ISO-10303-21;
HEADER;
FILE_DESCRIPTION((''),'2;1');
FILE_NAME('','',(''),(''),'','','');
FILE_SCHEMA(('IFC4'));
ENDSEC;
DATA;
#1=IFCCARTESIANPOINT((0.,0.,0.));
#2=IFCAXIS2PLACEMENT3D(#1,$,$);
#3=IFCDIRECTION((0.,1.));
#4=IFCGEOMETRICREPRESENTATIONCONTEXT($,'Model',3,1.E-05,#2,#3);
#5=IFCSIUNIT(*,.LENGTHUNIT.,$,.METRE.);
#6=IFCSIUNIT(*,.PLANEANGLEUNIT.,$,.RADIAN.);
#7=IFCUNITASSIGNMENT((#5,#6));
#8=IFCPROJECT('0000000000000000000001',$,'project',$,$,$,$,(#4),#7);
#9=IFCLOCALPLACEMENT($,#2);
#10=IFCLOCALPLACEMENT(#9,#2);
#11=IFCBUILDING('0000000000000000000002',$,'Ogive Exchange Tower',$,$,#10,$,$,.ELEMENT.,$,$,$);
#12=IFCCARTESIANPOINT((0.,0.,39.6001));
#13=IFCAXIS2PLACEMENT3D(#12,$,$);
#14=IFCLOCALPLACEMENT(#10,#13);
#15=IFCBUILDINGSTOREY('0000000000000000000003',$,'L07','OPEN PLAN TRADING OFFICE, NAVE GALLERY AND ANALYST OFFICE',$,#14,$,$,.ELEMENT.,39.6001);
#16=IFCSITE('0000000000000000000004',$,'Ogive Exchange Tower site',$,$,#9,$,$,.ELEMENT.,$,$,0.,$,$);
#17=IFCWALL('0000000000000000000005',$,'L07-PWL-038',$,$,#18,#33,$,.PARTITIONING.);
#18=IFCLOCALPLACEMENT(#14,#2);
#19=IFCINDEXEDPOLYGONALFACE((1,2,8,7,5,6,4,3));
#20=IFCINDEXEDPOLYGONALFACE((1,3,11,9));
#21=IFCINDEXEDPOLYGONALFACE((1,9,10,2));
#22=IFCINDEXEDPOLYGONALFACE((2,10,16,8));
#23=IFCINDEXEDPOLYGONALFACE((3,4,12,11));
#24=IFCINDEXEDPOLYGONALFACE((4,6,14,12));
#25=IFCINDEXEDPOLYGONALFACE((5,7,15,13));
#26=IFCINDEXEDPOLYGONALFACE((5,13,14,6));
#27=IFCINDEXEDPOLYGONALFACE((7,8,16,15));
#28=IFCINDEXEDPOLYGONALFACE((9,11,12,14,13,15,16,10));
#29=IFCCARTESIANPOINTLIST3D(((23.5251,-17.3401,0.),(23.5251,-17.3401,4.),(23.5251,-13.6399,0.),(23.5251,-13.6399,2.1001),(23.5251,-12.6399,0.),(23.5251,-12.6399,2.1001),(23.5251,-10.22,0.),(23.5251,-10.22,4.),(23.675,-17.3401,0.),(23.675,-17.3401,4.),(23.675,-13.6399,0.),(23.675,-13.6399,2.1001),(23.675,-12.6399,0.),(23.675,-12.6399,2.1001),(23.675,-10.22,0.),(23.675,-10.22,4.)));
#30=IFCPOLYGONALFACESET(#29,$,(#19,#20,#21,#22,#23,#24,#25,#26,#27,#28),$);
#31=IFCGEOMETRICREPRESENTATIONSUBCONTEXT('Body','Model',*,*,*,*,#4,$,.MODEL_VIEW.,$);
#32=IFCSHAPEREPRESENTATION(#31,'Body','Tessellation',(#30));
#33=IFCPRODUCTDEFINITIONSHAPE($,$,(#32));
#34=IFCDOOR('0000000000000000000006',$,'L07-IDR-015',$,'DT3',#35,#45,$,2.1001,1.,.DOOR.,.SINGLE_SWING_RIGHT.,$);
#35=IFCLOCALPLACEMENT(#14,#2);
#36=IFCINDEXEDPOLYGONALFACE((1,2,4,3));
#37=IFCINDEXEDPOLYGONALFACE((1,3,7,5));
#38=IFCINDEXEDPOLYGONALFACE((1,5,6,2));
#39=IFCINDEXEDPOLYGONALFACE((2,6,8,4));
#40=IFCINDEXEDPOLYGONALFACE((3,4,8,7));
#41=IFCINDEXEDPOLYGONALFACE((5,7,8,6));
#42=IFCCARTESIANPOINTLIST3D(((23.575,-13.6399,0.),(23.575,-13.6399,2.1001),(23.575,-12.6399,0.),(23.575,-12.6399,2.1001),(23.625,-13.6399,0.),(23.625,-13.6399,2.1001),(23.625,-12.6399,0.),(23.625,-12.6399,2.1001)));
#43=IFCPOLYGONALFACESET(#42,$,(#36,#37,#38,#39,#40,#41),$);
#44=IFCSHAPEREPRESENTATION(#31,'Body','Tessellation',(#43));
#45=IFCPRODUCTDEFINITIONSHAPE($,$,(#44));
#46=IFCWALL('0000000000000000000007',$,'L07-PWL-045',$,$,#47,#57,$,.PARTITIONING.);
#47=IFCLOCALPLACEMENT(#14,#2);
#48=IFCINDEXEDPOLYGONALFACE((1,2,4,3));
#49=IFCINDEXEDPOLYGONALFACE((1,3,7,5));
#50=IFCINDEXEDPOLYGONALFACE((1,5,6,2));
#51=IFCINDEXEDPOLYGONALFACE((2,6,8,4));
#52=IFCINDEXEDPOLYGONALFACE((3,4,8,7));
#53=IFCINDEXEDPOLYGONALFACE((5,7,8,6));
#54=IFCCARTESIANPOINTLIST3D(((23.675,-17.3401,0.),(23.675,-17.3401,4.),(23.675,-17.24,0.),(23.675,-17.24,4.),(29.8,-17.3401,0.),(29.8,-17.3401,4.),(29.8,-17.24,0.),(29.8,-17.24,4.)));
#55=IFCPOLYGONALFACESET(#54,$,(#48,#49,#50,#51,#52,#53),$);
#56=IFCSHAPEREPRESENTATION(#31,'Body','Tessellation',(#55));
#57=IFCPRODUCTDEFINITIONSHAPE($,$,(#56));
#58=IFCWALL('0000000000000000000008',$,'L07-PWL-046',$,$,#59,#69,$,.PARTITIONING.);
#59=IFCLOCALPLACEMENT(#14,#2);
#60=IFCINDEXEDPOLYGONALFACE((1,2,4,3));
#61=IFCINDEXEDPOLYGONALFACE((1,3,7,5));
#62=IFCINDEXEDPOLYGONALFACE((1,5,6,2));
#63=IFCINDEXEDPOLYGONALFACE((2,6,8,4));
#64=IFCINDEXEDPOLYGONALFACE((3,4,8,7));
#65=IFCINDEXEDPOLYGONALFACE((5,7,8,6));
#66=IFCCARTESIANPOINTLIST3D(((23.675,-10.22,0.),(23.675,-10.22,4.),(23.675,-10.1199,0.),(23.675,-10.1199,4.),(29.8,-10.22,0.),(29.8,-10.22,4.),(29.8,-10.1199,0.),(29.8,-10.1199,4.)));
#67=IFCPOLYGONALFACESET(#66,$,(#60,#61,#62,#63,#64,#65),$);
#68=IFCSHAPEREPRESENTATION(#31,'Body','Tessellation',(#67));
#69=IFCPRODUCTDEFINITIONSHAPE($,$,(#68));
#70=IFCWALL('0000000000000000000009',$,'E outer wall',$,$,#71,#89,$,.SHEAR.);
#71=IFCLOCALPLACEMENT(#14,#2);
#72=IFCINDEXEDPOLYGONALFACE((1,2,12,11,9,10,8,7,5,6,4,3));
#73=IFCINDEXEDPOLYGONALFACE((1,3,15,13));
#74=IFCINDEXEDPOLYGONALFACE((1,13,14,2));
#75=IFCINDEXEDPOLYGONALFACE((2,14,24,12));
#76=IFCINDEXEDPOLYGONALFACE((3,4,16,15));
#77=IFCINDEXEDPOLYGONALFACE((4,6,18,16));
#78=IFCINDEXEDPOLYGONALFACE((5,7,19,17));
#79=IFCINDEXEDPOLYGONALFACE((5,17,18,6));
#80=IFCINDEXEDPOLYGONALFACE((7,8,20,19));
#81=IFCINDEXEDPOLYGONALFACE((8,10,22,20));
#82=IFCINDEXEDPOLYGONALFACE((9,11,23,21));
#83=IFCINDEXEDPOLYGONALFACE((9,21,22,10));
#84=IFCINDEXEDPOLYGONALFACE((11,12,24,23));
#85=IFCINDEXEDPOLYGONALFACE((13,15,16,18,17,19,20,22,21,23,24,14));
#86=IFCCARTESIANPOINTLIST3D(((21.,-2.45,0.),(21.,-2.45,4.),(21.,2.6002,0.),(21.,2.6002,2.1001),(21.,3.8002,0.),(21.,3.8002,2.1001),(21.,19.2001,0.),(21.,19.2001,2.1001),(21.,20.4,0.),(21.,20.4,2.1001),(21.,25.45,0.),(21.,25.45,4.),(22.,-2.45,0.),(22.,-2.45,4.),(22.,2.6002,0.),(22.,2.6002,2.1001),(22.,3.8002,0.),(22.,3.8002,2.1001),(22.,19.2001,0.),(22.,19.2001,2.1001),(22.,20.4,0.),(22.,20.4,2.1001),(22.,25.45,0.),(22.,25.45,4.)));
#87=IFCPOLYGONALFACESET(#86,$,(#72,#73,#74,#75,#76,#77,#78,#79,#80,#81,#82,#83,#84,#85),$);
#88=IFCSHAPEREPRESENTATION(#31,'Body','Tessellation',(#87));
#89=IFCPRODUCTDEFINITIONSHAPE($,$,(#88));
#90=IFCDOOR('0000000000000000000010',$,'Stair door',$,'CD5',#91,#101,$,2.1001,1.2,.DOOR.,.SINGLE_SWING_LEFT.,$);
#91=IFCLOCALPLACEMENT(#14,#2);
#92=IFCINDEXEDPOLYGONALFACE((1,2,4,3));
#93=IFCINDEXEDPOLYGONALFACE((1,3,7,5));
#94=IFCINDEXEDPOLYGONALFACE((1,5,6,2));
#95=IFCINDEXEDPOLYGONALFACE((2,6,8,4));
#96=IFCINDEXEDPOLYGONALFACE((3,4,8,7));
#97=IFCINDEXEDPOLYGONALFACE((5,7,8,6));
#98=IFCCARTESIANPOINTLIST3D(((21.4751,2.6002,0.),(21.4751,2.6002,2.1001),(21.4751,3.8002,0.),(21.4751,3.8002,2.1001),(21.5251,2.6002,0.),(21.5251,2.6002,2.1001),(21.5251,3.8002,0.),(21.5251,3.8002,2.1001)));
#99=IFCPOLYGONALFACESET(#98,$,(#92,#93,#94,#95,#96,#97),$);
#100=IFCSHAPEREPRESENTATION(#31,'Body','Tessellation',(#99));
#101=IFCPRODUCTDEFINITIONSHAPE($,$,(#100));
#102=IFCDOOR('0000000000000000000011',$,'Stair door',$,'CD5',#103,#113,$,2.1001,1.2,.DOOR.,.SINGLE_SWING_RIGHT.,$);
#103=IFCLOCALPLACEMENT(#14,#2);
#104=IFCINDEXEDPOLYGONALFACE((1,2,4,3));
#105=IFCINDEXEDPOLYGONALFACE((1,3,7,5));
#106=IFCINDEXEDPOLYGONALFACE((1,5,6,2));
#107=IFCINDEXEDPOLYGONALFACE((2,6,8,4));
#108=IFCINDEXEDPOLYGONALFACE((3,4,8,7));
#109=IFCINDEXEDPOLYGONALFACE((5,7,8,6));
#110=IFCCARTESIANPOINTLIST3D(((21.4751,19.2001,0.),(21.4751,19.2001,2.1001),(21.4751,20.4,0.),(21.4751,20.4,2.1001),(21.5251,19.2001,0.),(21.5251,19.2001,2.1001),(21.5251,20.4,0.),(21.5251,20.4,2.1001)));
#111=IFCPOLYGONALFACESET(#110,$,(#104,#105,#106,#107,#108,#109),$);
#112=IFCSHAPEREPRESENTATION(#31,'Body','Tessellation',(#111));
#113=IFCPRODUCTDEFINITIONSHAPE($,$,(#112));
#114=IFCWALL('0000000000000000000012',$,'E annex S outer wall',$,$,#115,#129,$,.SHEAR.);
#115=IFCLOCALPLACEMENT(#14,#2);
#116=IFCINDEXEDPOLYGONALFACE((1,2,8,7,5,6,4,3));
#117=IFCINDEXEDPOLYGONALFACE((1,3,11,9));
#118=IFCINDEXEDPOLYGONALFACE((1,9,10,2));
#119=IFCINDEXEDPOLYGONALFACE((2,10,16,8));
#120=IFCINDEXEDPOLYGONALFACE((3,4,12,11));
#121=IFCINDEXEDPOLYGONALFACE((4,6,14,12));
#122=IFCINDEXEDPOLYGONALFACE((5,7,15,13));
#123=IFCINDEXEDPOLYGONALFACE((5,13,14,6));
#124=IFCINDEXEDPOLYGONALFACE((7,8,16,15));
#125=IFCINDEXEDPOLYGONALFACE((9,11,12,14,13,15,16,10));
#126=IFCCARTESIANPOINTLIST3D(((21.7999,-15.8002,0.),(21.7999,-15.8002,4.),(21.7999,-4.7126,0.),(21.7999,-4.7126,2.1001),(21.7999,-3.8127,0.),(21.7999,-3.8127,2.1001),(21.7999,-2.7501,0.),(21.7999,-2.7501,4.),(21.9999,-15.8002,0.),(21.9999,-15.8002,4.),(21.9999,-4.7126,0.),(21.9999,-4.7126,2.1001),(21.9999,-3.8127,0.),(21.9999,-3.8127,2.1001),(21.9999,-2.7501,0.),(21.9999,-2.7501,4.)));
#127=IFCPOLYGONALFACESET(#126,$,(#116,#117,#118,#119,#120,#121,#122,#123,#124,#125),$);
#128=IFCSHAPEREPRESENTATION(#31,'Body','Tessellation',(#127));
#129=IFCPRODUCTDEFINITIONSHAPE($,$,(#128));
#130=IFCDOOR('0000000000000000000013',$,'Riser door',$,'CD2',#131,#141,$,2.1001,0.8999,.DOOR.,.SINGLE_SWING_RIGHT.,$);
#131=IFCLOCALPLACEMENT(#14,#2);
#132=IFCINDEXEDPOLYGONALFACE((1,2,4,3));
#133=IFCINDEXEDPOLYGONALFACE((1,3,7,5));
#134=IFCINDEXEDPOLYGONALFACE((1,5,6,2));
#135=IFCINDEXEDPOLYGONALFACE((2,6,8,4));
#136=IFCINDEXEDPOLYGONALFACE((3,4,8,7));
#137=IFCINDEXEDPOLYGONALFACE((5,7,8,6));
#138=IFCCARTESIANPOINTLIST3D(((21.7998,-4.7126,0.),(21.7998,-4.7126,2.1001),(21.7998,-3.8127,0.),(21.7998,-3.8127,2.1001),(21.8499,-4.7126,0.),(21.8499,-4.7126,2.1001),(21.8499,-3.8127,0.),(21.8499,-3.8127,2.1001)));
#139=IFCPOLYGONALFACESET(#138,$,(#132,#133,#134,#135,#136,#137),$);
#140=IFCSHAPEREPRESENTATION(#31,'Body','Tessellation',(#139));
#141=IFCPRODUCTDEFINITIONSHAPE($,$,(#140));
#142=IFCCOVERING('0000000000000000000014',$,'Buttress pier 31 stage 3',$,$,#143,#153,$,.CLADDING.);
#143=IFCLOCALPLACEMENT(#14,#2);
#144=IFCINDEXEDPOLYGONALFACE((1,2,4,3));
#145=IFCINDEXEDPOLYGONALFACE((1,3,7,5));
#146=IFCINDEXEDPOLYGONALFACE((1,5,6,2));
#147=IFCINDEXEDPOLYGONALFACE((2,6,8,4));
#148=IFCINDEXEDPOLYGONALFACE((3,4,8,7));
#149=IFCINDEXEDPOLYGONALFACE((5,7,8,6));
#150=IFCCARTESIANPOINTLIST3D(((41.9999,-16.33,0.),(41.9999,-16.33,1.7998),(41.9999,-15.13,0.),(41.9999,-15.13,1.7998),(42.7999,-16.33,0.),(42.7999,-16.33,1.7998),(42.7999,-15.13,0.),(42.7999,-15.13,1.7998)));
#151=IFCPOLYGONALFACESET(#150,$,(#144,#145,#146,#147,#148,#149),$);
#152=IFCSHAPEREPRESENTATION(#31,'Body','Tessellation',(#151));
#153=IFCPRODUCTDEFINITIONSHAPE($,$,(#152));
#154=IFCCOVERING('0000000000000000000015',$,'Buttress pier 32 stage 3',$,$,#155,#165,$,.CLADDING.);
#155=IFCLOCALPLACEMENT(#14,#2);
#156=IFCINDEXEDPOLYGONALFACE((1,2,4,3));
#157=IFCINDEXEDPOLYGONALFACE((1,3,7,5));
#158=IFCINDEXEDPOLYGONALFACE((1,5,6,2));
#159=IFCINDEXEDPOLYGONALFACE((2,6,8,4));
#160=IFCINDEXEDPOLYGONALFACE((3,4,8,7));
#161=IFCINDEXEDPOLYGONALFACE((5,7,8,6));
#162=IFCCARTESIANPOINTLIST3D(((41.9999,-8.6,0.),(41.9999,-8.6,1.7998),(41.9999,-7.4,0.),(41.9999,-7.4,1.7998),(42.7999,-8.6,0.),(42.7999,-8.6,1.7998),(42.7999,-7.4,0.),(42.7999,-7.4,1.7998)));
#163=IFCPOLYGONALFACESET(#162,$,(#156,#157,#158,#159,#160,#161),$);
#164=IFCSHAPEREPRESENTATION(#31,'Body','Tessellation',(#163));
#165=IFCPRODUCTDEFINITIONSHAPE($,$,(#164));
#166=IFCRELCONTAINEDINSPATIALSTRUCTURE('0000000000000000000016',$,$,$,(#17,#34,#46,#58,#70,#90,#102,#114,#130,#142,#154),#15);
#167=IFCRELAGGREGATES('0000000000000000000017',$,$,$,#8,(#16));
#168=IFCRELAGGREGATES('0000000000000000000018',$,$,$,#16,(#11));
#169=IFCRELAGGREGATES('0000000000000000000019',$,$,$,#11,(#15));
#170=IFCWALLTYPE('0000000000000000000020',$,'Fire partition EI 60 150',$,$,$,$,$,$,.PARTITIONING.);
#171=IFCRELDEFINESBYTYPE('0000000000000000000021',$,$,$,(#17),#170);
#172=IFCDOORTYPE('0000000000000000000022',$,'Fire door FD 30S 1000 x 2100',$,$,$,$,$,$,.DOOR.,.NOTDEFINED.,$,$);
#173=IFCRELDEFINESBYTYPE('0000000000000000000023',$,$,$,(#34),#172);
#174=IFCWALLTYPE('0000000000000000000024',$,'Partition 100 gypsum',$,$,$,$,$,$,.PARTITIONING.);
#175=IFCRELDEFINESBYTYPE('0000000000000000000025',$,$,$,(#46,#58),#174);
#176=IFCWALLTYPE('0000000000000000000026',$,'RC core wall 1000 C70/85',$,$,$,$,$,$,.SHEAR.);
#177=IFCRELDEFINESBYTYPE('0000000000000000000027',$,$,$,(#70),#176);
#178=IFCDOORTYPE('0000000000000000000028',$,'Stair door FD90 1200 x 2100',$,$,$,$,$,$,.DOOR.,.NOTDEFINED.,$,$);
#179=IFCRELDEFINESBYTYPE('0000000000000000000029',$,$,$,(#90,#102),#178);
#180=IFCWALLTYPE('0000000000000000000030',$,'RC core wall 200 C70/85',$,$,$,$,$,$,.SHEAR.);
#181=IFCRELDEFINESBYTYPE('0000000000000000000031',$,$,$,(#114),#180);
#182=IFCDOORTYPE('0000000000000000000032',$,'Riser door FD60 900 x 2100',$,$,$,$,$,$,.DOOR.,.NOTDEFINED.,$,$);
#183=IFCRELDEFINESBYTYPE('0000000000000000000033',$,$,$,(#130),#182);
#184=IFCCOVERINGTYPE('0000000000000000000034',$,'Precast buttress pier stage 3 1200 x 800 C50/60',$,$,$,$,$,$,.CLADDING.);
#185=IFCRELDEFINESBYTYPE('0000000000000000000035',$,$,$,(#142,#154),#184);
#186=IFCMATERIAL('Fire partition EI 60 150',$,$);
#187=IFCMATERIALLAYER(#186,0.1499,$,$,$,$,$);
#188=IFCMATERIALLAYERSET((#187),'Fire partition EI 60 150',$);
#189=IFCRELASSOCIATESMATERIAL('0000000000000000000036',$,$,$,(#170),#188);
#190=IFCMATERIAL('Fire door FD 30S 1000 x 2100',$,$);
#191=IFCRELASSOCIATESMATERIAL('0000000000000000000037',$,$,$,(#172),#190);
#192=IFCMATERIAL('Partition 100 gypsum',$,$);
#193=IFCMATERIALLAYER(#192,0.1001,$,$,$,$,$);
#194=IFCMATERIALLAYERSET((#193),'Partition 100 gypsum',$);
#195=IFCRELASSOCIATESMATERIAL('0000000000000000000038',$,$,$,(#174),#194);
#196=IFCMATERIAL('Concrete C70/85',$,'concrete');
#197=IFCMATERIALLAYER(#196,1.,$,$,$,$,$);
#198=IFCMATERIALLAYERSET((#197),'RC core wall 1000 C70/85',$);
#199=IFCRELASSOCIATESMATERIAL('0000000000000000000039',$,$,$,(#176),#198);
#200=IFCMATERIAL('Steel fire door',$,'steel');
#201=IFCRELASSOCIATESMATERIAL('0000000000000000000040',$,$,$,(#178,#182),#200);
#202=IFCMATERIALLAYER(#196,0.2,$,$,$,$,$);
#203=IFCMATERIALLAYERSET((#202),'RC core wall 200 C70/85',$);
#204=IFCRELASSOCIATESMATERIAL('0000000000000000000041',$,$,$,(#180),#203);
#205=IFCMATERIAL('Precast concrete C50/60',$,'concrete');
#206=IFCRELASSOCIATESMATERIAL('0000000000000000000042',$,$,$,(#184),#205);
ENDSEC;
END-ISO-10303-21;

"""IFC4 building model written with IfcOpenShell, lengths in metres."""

from ifc_helpers import new_model, si_unit, direction, frame, frame_2d, origin, origin_2d, place, context, subcontext, project, spatial, rectangle, extrude, material, layer, layer_set, material_profile, profile_set, type_object, element, fill, save


model = new_model("IFC4")

# Units and contexts
model_context = context("Model", 3, precision=1e-05, world=origin(), true_north=direction((0.0, 1.0)))
body_context = subcontext(model_context, "Body", "Model", "MODEL_VIEW")
ifc_project = project(units=[si_unit("LENGTHUNIT", "METRE"), si_unit("PLANEANGLEUNIT", "RADIAN")], contexts=[model_context])

# Site, building, storey
site_placement = place(None, origin())
site = spatial("IfcSite", under=ifc_project, at=site_placement, Name="Ogive Exchange Tower site", CompositionType="ELEMENT", RefElevation=0.0)
building_placement = place(site_placement, origin())
building = spatial("IfcBuilding", under=site, at=building_placement, Name="Ogive Exchange Tower", CompositionType="ELEMENT")
storey_placement = place(building_placement, frame((0.0, 0.0, 39.6001)))
storey = spatial("IfcBuildingStorey", under=building, at=storey_placement, Name="L07", Description="OPEN PLAN TRADING OFFICE, NAVE GALLERY AND ANALYST OFFICE", CompositionType="ELEMENT", Elevation=39.6001)

# Wall, opening, door
ifc_material_1 = material(Name="Fire partition EI 60 150")
ifc_layer_1 = layer(ifc_material_1, 0.1499)
ifc_layer_set_1 = layer_set([ifc_layer_1], Name="Fire partition EI 60 150")
wall_type_1 = type_object("IfcWallType", Name="Fire partition EI 60 150", PredefinedType="PARTITIONING", material=ifc_layer_set_1)
ifc_material_2 = material(Name="Fire door FD 30S 1000 x 2100")
door_type_1 = type_object("IfcDoorType", Name="Fire door FD 30S 1000 x 2100", OperationType="NOTDEFINED", PredefinedType="DOOR", material=ifc_material_2)
wall_1_placement = place(storey_placement, frame((23.6001, -10.22, 0.0), z_axis=(0.0, 0.0, 1.0), x_axis=(0.0, -1.0, 0.0)))
wall_1 = element("IfcWall", 1, at=wall_1_placement, inside=storey, type_object=wall_type_1, Name="L07-PWL-038", PredefinedType="PARTITIONING", context=body_context, shape_type="SweptSolid", body=[
    extrude(rectangle(XDim=7.1201, YDim=0.1499, at=frame_2d((3.5601, 0.0))), origin(), (0.0, 0.0, 1.0), 4.0),
])
opening_1_placement = place(wall_1_placement, frame((2.4199, 0.0, 0.0)))
opening_1 = element("IfcOpeningElement", 2, at=opening_1_placement, cuts=wall_1, PredefinedType="OPENING", context=body_context, shape_type="SweptSolid", body=[
    extrude(rectangle(XDim=1.0, YDim=2.1001, at=frame_2d((0.5, 1.05))), frame((0.0, 0.085, 0.0), z_axis=(0.0, -1.0, 0.0), x_axis=(1.0, 0.0, 0.0)), (0.0, 0.0, 1.0), 0.1699),
])
door_1_placement = place(opening_1_placement, origin())
door_1 = element("IfcDoor", 3, at=door_1_placement, inside=storey, type_object=door_type_1, Name="L07-IDR-015", ObjectType="DT3", OperationType="SINGLE_SWING_RIGHT", OverallHeight=2.1001, OverallWidth=1.0, PredefinedType="DOOR", context=body_context, shape_type="SweptSolid", body=[
    extrude(rectangle(XDim=1.0, YDim=2.1001, at=frame_2d((0.5, 1.05))), frame((0.0, 0.0249, 0.0), z_axis=(0.0, -1.0, 0.0), x_axis=(1.0, 0.0, 0.0)), (0.0, 0.0, 1.0), 0.05),
])
fill(opening_1, door_1)

# Walls
ifc_material_3 = material(Name="Partition 100 gypsum")
ifc_layer_2 = layer(ifc_material_3, 0.1001)
ifc_layer_set_2 = layer_set([ifc_layer_2], Name="Partition 100 gypsum")
wall_type_2 = type_object("IfcWallType", Name="Partition 100 gypsum", PredefinedType="PARTITIONING", material=ifc_layer_set_2)
for number, where, z_axis, x_axis, name in (
    (4, (29.8, -17.29, 0.0), (0.0, 0.0, 1.0), (-1.0, 0.0, 0.0), "L07-PWL-045"),
    (5, (29.8, -10.1699, 0.0), (0.0, 0.0, 1.0), (-1.0, 0.0, 0.0), "L07-PWL-046"),
):
    element("IfcWall", number, at=place(storey_placement, frame(where, z_axis=z_axis, x_axis=x_axis)), inside=storey, type_object=wall_type_2, Name=name, PredefinedType="PARTITIONING", context=body_context, shape_type="SweptSolid", body=[
        extrude(rectangle(XDim=6.125, YDim=0.1001, at=frame_2d((3.0625, 0.0))), origin(), (0.0, 0.0, 1.0), 4.0),
    ])

# Wall, openings, doors
ifc_material_4 = material(Name="Concrete C70/85", Category="concrete")
ifc_layer_3 = layer(ifc_material_4, 1.0)
ifc_layer_set_3 = layer_set([ifc_layer_3], Name="RC core wall 1000 C70/85")
wall_type_3 = type_object("IfcWallType", Name="RC core wall 1000 C70/85", PredefinedType="SHEAR", material=ifc_layer_set_3)
wall_2_placement = place(storey_placement, frame((21.5, -2.45, 0.0), z_axis=(0.0, 0.0, 1.0), x_axis=(0.0, 1.0, 0.0)))
wall_2 = element("IfcWall", 6, at=wall_2_placement, inside=storey, type_object=wall_type_3, Name="E outer wall", PredefinedType="SHEAR", context=body_context, shape_type="SweptSolid", body=[
    extrude(rectangle(XDim=27.8999, YDim=1.0, at=frame_2d((13.95, 0.0))), origin(), (0.0, 0.0, 1.0), 4.0),
])
opening_2_placement = place(wall_2_placement, frame((5.05, 0.0, 0.0)))
opening_2 = element("IfcOpeningElement", 7, at=opening_2_placement, cuts=wall_2, PredefinedType="OPENING", context=body_context, shape_type="SweptSolid", body=[
    extrude(rectangle(XDim=1.2, YDim=2.1001, at=frame_2d((0.6001, 1.05))), frame((0.0, 0.51, 0.0), z_axis=(0.0, -1.0, 0.0), x_axis=(1.0, 0.0, 0.0)), (0.0, 0.0, 1.0), 1.02),
])
opening_3_placement = place(wall_2_placement, frame((21.6499, 0.0, 0.0)))
opening_3 = element("IfcOpeningElement", 8, at=opening_3_placement, cuts=wall_2, PredefinedType="OPENING", context=body_context, shape_type="SweptSolid", body=[
    extrude(rectangle(XDim=1.2, YDim=2.1001, at=frame_2d((0.6001, 1.05))), frame((0.0, 0.51, 0.0), z_axis=(0.0, -1.0, 0.0), x_axis=(1.0, 0.0, 0.0)), (0.0, 0.0, 1.0), 1.02),
])
ifc_material_5 = material(Name="Steel fire door", Category="steel")
door_type_2 = type_object("IfcDoorType", Name="Stair door FD90 1200 x 2100", OperationType="NOTDEFINED", PredefinedType="DOOR", material=ifc_material_5)
door_2_placement = place(opening_2_placement, origin())
door_2 = element("IfcDoor", 9, at=door_2_placement, inside=storey, type_object=door_type_2, Name="Stair door", ObjectType="CD5", OperationType="SINGLE_SWING_LEFT", OverallHeight=2.1001, OverallWidth=1.2, PredefinedType="DOOR", context=body_context, shape_type="SweptSolid", body=[
    extrude(rectangle(XDim=1.2, YDim=2.1001, at=frame_2d((0.6001, 1.05))), frame((0.0, 0.0249, 0.0), z_axis=(0.0, -1.0, 0.0), x_axis=(1.0, 0.0, 0.0)), (0.0, 0.0, 1.0), 0.05),
])
fill(opening_2, door_2)
door_3_placement = place(opening_3_placement, origin())
door_3 = element("IfcDoor", 10, at=door_3_placement, inside=storey, type_object=door_type_2, Name="Stair door", ObjectType="CD5", OperationType="SINGLE_SWING_RIGHT", OverallHeight=2.1001, OverallWidth=1.2, PredefinedType="DOOR", context=body_context, shape_type="SweptSolid", body=[
    extrude(rectangle(XDim=1.2, YDim=2.1001, at=frame_2d((0.6001, 1.05))), frame((0.0, 0.0249, 0.0), z_axis=(0.0, -1.0, 0.0), x_axis=(1.0, 0.0, 0.0)), (0.0, 0.0, 1.0), 0.05),
])
fill(opening_3, door_3)

# Wall, opening, door
ifc_layer_4 = layer(ifc_material_4, 0.2)
ifc_layer_set_4 = layer_set([ifc_layer_4], Name="RC core wall 200 C70/85")
wall_type_4 = type_object("IfcWallType", Name="RC core wall 200 C70/85", PredefinedType="SHEAR", material=ifc_layer_set_4)
wall_3_placement = place(storey_placement, frame((21.8999, -15.8, 0.0), z_axis=(0.0, 0.0, 1.0), x_axis=(0.0, 1.0, 0.0)))
wall_3 = element("IfcWall", 11, at=wall_3_placement, inside=storey, type_object=wall_type_4, Name="E annex S outer wall", PredefinedType="SHEAR", context=body_context, shape_type="SweptSolid", body=[
    extrude(rectangle(XDim=13.05, YDim=0.2, at=frame_2d((6.5249, 0.0))), origin(), (0.0, 0.0, 1.0), 4.0),
])
opening_4_placement = place(wall_3_placement, frame((11.0874, 0.0, 0.0)))
opening_4 = element("IfcOpeningElement", 12, at=opening_4_placement, cuts=wall_3, PredefinedType="OPENING", context=body_context, shape_type="SweptSolid", body=[
    extrude(rectangle(XDim=0.8999, YDim=2.1001, at=frame_2d((0.45, 1.05))), frame((0.0, 0.1099, 0.0), z_axis=(0.0, -1.0, 0.0), x_axis=(1.0, 0.0, 0.0)), (0.0, 0.0, 1.0), 0.22),
])
door_type_3 = type_object("IfcDoorType", Name="Riser door FD60 900 x 2100", OperationType="NOTDEFINED", PredefinedType="DOOR", material=ifc_material_5)
door_4_placement = place(opening_4_placement, origin())
door_4 = element("IfcDoor", 13, at=door_4_placement, inside=storey, type_object=door_type_3, Name="Riser door", ObjectType="CD2", OperationType="SINGLE_SWING_RIGHT", OverallHeight=2.1001, OverallWidth=0.8999, PredefinedType="DOOR", context=body_context, shape_type="SweptSolid", body=[
    extrude(rectangle(XDim=0.8999, YDim=2.1001, at=frame_2d((0.45, 1.05))), frame((0.0, 0.1001, 0.0), z_axis=(0.0, -1.0, 0.0), x_axis=(1.0, 0.0, 0.0)), (0.0, 0.0, 1.0), 0.05),
])
fill(opening_4, door_4)

# Coverings
ifc_material_6 = material(Name="Precast concrete C50/60", Category="concrete")
ifc_material_profile_1 = material_profile(ifc_material_6, rectangle(XDim=1.2, YDim=0.8, at=origin_2d()), Name="BUTTRESS PIER 3 1200 x 800")
ifc_profile_set_1 = profile_set([ifc_material_profile_1], Name="Precast concrete C50/60")
covering_type_1 = type_object("IfcCoveringType", Name="Precast buttress pier stage 3 1200 x 800 C50/60", PredefinedType="CLADDING", material=ifc_profile_set_1)
for number, where, z_axis, x_axis, name in (
    (14, (42.3999, -15.73, 0.0), (0.0, 0.0, 1.0), (0.0, 1.0, 0.0), "Buttress pier 31 stage 3"),
    (15, (42.3999, -8.0, 0.0), (0.0, 0.0, 1.0), (0.0, 1.0, 0.0), "Buttress pier 32 stage 3"),
):
    element("IfcCovering", number, at=place(storey_placement, frame(where, z_axis=z_axis, x_axis=x_axis)), inside=storey, type_object=covering_type_1, Name=name, PredefinedType="CLADDING", context=body_context, shape_type="SweptSolid", body=[
        extrude(rectangle(XDim=1.2, YDim=0.8, at=origin_2d()), origin(), (0.0, 0.0, 1.0), 1.7998),
    ])

save(model, "model.ifc")
